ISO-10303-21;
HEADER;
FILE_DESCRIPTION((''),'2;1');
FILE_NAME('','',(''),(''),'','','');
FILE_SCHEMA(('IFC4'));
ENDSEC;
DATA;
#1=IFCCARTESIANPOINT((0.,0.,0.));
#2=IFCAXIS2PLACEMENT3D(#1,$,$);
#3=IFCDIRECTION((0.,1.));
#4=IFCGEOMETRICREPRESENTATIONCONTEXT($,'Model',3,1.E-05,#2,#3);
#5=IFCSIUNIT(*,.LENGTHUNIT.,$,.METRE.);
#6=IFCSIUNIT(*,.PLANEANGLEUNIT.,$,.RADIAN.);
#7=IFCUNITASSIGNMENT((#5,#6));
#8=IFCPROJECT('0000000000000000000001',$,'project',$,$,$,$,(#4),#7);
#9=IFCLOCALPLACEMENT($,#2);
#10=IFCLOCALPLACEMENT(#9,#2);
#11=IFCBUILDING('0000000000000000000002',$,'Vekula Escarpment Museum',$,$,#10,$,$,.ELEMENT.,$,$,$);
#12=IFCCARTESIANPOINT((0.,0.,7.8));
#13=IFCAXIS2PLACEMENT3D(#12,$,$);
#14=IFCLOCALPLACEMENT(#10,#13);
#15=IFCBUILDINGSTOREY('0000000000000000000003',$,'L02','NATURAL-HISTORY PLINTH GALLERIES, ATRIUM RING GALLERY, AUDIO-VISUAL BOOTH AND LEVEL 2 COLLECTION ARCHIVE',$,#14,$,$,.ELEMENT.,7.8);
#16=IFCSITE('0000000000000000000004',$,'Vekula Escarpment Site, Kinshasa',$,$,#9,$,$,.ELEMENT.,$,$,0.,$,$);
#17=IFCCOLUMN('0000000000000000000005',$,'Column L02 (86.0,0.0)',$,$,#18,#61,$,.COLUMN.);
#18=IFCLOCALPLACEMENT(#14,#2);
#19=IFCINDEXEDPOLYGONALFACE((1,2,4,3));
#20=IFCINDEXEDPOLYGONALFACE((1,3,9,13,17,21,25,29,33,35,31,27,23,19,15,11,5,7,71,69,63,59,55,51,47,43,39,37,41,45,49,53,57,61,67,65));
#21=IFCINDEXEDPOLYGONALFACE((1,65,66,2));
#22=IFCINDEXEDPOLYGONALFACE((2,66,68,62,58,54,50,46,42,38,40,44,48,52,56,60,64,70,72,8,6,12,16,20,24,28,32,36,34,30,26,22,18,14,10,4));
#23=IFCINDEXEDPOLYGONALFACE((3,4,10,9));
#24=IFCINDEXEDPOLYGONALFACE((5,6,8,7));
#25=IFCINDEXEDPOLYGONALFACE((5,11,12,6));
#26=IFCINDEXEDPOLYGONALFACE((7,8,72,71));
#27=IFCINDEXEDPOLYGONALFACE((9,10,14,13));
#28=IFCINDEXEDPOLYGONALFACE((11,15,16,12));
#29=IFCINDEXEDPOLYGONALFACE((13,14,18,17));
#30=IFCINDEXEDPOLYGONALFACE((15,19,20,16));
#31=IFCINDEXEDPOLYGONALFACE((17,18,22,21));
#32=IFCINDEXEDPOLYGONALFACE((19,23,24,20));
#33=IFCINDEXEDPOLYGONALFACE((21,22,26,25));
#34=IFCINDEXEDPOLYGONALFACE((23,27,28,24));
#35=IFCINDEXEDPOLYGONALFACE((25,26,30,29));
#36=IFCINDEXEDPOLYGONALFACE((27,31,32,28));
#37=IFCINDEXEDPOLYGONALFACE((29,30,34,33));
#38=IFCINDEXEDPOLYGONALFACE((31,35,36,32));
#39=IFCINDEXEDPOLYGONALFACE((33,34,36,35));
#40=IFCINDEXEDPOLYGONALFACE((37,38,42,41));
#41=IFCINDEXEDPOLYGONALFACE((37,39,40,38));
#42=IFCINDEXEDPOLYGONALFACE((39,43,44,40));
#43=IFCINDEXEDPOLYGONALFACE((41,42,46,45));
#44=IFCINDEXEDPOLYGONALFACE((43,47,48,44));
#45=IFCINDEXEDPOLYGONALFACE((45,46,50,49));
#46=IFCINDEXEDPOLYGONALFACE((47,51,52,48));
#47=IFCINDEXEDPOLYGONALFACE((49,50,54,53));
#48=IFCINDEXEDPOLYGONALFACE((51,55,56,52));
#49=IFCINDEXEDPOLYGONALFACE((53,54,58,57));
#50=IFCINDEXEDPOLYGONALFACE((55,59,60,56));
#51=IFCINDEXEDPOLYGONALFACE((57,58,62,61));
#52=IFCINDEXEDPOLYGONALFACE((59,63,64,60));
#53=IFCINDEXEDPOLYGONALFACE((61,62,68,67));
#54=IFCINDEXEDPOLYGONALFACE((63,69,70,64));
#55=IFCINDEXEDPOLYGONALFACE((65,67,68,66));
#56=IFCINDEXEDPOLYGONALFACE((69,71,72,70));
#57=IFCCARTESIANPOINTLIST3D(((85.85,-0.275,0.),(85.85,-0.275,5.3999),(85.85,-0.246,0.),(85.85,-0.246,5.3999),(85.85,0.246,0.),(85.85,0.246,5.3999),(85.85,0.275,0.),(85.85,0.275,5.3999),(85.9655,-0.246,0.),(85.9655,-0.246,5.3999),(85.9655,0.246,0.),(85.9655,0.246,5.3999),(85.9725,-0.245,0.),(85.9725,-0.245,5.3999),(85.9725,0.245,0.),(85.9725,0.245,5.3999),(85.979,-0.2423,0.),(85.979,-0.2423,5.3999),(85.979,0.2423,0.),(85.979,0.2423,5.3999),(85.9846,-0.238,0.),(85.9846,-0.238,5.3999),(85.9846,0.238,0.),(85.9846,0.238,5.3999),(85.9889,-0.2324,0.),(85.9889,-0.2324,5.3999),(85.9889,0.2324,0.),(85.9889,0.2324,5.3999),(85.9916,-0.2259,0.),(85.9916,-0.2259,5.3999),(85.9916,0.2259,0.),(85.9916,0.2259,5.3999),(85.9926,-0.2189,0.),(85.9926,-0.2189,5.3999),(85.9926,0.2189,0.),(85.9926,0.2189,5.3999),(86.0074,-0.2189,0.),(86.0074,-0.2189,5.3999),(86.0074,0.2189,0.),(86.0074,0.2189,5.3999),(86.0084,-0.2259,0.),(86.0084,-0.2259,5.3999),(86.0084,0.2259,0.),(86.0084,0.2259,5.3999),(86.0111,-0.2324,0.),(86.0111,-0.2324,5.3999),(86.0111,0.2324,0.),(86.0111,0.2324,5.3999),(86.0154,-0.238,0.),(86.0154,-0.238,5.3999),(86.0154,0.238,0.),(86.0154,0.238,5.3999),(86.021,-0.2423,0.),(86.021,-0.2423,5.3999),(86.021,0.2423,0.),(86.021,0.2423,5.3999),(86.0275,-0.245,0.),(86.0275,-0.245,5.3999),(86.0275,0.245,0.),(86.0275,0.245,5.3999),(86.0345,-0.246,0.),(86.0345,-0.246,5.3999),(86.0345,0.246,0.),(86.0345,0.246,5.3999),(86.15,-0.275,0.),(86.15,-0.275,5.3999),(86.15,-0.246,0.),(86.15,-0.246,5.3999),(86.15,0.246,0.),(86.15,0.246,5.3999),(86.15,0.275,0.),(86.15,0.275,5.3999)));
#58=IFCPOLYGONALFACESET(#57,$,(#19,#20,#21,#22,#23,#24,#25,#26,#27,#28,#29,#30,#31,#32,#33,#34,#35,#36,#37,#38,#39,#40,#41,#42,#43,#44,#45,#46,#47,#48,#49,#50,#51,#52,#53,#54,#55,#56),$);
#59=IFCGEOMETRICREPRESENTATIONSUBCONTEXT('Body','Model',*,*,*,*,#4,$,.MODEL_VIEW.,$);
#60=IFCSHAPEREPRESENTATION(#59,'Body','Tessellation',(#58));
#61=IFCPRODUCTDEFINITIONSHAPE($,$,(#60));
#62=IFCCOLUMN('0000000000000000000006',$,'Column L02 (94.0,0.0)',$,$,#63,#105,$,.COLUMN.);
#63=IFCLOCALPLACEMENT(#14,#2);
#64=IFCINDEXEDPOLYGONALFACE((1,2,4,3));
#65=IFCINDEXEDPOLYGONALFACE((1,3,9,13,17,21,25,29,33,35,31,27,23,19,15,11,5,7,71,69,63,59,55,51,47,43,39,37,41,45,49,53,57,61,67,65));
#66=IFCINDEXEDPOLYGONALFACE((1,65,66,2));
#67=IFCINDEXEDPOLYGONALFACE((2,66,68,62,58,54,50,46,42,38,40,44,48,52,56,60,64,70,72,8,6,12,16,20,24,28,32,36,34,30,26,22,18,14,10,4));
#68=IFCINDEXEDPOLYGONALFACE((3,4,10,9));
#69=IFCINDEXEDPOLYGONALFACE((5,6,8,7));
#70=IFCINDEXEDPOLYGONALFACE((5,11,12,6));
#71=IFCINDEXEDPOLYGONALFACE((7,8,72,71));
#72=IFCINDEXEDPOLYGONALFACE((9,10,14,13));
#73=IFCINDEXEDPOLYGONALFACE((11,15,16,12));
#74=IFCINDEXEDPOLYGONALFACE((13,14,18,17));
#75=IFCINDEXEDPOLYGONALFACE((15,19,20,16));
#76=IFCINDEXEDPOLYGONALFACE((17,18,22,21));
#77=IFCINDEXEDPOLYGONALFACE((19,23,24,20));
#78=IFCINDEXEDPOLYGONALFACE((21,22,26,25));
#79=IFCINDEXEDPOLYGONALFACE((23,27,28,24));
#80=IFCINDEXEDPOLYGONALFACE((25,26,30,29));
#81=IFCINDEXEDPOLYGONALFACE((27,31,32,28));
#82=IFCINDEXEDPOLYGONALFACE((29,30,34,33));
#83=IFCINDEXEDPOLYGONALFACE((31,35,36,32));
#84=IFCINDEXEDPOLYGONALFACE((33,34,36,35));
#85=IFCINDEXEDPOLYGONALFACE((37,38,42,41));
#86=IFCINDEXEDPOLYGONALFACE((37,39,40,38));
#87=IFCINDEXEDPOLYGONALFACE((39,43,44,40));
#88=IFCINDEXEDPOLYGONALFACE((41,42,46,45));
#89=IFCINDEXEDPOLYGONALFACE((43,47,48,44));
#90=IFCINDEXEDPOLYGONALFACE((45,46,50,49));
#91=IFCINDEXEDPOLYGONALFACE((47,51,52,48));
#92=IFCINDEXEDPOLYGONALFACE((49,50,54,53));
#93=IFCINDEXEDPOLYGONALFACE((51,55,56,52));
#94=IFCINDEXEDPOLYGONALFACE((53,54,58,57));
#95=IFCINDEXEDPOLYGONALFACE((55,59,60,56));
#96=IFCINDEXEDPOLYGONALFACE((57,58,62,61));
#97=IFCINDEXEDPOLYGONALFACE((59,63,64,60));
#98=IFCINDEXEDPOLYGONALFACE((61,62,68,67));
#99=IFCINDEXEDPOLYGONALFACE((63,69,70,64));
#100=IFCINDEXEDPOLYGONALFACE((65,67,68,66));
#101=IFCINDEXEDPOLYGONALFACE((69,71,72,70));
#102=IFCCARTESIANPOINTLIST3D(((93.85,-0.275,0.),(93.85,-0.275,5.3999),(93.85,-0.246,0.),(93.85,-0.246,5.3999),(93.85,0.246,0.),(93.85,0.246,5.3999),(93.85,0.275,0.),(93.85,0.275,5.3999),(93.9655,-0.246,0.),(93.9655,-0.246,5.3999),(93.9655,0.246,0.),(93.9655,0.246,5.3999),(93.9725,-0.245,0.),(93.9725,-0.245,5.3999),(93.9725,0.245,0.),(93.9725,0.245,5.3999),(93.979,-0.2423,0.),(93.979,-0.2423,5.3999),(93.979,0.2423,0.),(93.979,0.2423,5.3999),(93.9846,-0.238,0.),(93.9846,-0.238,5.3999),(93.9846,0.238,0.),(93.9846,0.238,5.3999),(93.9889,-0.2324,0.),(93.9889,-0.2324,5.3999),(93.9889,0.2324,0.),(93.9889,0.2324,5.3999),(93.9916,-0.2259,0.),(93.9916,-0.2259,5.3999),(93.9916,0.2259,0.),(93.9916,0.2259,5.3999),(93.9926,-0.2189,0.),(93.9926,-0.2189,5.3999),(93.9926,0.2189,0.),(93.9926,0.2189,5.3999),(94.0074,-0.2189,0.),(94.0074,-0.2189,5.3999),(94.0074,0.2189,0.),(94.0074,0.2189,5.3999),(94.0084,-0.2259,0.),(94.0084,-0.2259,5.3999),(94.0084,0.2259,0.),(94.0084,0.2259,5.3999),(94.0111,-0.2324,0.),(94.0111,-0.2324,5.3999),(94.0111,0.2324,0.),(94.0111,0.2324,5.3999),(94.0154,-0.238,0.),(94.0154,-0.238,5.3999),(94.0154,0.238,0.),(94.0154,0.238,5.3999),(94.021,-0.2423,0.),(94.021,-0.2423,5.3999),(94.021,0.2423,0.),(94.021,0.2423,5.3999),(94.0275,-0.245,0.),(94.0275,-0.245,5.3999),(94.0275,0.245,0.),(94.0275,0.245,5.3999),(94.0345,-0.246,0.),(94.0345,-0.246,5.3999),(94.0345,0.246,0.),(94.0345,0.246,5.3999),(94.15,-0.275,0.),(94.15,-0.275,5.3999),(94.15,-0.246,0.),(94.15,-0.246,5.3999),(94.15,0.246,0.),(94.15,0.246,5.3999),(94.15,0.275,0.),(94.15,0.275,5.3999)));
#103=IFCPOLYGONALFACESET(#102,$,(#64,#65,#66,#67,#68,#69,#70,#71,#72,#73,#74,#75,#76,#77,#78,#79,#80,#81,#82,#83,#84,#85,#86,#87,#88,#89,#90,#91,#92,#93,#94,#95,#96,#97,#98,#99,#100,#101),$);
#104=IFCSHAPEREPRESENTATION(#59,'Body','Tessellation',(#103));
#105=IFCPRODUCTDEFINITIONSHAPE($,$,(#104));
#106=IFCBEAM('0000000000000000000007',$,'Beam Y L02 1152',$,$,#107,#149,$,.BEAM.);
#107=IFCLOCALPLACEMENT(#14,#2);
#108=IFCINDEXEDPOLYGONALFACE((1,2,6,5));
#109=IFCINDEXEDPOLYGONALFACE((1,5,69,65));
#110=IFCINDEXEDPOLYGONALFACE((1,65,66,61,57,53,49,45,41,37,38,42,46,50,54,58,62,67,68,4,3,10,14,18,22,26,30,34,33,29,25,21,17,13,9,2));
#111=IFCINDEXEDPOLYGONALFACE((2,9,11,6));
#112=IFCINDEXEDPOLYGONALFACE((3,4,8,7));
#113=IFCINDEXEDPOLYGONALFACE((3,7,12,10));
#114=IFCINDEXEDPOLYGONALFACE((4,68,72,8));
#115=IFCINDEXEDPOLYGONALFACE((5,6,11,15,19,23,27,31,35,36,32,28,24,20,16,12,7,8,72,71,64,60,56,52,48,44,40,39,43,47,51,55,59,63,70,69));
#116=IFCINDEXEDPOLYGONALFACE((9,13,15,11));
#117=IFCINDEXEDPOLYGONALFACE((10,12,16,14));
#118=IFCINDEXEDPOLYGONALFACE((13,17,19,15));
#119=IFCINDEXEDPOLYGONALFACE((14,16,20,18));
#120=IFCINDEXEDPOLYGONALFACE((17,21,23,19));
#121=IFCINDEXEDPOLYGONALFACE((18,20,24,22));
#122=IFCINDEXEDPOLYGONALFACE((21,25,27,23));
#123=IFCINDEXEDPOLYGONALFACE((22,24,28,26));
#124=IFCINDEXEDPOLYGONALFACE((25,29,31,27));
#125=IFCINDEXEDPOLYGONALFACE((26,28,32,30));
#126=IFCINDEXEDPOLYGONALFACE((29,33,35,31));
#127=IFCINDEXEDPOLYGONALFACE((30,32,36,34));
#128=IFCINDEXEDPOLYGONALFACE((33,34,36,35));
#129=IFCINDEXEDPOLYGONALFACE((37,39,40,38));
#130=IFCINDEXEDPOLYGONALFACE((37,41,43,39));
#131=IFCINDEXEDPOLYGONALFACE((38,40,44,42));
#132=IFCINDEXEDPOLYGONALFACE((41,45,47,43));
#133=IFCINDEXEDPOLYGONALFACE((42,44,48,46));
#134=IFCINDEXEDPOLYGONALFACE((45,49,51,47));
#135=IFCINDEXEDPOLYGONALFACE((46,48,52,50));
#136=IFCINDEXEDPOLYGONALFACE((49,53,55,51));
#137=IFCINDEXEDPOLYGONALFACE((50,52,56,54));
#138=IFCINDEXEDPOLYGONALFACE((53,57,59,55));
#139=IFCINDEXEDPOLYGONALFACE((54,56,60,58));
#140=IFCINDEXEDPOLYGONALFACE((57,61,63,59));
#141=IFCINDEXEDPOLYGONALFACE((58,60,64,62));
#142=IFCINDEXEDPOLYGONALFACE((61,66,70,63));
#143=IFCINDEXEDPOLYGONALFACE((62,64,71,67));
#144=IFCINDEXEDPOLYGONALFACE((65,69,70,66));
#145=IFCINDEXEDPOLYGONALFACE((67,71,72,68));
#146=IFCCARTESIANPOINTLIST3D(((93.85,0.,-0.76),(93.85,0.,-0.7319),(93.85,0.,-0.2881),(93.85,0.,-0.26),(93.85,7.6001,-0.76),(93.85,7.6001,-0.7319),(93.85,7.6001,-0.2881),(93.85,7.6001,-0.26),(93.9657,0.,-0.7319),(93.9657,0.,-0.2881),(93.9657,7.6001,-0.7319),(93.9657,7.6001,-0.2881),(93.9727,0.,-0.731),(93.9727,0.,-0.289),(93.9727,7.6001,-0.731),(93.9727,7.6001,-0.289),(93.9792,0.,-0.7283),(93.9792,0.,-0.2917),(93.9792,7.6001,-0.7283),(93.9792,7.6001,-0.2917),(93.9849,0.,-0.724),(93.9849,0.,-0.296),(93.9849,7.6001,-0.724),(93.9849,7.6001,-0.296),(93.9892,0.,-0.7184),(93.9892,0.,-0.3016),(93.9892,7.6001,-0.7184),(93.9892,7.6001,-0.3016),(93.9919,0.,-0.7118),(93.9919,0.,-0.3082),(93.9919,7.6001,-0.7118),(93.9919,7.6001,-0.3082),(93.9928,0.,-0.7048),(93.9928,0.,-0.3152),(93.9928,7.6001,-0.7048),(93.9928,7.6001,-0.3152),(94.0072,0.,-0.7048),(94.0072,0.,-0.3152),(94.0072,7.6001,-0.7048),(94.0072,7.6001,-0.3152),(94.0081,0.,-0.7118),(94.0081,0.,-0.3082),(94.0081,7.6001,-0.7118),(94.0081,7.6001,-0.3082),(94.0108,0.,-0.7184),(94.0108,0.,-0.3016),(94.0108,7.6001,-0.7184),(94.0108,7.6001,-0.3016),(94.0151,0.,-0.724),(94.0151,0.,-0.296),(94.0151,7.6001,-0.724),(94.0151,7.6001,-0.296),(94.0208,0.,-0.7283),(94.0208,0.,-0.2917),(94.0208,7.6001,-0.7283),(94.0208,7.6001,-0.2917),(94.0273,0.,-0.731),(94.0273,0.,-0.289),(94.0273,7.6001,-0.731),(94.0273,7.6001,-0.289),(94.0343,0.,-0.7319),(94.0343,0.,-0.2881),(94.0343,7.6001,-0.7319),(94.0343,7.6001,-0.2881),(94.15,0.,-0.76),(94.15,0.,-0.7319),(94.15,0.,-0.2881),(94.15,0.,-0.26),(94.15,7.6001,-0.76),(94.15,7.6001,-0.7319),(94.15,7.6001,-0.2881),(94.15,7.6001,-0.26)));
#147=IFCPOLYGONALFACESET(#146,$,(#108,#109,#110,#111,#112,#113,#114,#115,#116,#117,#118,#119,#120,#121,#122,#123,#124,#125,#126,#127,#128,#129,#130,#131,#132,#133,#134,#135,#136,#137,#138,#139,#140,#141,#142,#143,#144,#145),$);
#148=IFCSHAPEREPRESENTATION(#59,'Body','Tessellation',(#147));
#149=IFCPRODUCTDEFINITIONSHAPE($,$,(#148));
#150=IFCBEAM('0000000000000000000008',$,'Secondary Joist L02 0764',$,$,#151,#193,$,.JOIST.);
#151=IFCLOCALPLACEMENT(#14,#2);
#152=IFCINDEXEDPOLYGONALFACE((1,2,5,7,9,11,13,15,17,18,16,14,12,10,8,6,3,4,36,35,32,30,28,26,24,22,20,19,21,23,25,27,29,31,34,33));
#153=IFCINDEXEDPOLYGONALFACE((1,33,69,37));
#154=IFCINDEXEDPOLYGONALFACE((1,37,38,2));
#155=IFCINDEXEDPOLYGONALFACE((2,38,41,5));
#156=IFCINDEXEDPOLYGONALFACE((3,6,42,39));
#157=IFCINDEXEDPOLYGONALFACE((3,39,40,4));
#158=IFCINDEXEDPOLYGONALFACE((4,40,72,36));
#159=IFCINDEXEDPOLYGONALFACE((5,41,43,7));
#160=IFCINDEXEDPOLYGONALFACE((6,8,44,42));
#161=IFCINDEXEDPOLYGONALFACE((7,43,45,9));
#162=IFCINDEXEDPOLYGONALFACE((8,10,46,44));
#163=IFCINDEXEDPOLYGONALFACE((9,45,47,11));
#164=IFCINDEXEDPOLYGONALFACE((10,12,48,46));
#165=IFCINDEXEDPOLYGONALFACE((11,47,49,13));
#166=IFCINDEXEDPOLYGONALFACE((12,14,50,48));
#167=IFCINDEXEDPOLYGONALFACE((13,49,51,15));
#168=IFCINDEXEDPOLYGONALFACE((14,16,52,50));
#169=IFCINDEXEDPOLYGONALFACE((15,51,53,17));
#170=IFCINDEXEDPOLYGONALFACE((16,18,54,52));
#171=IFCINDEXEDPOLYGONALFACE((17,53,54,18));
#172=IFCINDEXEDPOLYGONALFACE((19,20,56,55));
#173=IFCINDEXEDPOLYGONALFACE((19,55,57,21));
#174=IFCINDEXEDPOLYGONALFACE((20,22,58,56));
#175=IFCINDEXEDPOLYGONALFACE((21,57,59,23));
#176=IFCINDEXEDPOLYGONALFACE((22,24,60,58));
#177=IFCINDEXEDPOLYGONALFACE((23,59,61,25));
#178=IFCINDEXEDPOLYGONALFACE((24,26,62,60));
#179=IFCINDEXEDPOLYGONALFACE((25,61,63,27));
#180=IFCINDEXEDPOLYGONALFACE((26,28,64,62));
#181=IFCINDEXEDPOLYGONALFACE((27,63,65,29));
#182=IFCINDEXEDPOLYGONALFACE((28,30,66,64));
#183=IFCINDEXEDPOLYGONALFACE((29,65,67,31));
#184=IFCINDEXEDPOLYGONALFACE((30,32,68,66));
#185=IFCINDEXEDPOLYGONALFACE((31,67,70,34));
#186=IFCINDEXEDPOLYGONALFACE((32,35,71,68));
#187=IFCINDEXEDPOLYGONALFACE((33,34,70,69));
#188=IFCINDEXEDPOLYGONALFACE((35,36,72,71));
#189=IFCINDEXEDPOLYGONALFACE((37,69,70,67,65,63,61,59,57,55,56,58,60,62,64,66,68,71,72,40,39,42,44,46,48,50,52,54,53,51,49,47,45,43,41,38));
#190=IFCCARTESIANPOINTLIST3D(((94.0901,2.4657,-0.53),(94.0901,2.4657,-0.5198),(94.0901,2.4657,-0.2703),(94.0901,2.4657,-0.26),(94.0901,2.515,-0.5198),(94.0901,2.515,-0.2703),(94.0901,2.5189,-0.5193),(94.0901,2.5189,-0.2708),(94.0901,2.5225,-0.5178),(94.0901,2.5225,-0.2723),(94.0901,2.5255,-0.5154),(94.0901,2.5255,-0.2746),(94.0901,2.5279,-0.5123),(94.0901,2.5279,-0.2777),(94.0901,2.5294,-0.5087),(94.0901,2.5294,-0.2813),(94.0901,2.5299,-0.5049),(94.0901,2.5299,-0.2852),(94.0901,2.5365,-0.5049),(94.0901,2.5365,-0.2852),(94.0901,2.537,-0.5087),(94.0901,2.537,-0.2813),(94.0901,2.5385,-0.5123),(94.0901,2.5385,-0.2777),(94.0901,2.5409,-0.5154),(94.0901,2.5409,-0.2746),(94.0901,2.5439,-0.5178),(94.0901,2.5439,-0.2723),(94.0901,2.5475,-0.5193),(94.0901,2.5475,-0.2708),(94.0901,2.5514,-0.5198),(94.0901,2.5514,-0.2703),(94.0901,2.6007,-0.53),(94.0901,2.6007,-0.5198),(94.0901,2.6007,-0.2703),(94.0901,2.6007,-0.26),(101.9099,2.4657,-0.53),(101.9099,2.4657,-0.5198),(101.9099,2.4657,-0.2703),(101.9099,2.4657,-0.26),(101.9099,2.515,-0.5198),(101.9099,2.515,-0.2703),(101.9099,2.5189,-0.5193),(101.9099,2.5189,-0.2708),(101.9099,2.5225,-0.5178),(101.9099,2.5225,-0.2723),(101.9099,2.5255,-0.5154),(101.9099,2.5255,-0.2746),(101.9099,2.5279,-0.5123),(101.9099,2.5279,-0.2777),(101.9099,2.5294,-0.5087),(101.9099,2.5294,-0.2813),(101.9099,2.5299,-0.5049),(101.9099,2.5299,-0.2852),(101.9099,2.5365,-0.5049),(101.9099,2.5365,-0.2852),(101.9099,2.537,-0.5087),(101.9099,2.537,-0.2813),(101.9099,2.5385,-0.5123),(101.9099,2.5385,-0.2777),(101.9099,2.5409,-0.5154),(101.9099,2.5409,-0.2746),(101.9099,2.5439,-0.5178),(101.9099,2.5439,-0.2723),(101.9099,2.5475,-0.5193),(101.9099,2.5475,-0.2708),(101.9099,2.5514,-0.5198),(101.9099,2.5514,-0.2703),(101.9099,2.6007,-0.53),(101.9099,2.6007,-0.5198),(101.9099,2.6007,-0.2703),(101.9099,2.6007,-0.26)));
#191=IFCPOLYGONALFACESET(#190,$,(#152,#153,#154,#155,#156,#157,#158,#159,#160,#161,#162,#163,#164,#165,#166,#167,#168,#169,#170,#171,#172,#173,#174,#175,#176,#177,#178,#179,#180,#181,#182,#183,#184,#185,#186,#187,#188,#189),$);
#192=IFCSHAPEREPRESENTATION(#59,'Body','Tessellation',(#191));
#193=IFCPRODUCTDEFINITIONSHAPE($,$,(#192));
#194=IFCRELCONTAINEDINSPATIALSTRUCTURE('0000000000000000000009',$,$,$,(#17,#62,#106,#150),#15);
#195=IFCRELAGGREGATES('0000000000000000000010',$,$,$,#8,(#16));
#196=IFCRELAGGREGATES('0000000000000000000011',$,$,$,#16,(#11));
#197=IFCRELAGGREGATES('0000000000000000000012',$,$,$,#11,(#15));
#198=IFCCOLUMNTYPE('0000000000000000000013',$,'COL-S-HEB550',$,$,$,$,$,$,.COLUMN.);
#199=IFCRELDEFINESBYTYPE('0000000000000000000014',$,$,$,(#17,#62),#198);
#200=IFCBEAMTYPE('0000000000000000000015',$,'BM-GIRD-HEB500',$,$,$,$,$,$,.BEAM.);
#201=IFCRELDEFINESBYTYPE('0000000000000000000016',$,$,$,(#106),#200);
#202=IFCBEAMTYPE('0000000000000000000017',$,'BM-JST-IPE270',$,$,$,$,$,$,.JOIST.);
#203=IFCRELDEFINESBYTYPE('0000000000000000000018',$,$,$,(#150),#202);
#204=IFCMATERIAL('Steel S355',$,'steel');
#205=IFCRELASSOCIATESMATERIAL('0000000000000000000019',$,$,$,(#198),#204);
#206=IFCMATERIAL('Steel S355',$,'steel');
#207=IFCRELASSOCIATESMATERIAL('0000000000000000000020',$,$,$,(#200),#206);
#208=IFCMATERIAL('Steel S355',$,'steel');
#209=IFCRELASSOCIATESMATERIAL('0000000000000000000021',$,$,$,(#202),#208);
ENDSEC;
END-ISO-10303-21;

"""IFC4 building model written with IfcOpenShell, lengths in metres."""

from ifc_helpers import new_model, si_unit, direction, frame, origin, origin_2d, place, context, subcontext, project, spatial, i_section, extrude, material, material_profile, profile_set, type_object, element, save


model = new_model("IFC4")

# Units and contexts
model_context = context("Model", 3, precision=1e-05, world=origin(), true_north=direction((0.0, 1.0)))
body_context = subcontext(model_context, "Body", "Model", "MODEL_VIEW")
ifc_project = project(units=[si_unit("LENGTHUNIT", "METRE"), si_unit("PLANEANGLEUNIT", "RADIAN")], contexts=[model_context])

# Site, building, storey
site_placement = place(None, origin())
site = spatial("IfcSite", under=ifc_project, at=site_placement, Name="Vekula Escarpment Site, Kinshasa", CompositionType="ELEMENT", RefElevation=0.0)
building_placement = place(site_placement, origin())
building = spatial("IfcBuilding", under=site, at=building_placement, Name="Vekula Escarpment Museum", CompositionType="ELEMENT")
storey_placement = place(building_placement, frame((0.0, 0.0, 7.8)))
storey = spatial("IfcBuildingStorey", under=building, at=storey_placement, Name="L02", Description="NATURAL-HISTORY PLINTH GALLERIES, ATRIUM RING GALLERY, AUDIO-VISUAL BOOTH AND LEVEL 2 COLLECTION ARCHIVE", CompositionType="ELEMENT", Elevation=7.8)

# Columns
ifc_material_1 = material(Name="Steel S355", Category="steel")
ifc_material_profile_1 = material_profile(ifc_material_1, i_section(OverallWidth=0.3, OverallDepth=0.55, WebThickness=0.0149, FlangeThickness=0.0291, FilletRadius=0.0271, at=origin_2d()), Name="HEB 550")
ifc_profile_set_1 = profile_set([ifc_material_profile_1], Name="Steel S355")
column_type = type_object("IfcColumnType", Name="COL-S-HEB550", PredefinedType="COLUMN", material=ifc_profile_set_1)
for number, where, z_axis, x_axis, name in (
    (1, (86.0, 0.0, 0.0), (0.0, 0.0, 1.0), (1.0, 0.0, 0.0), "Column L02 (86.0,0.0)"),
    (2, (94.0, 0.0, 0.0), (0.0, 0.0, 1.0), (1.0, 0.0, 0.0), "Column L02 (94.0,0.0)"),
):
    element("IfcColumn", number, at=place(storey_placement, frame(where, z_axis=z_axis, x_axis=x_axis)), inside=storey, type_object=column_type, Name=name, PredefinedType="COLUMN", context=body_context, shape_type="SweptSolid", body=[
        extrude(i_section(OverallWidth=0.3, OverallDepth=0.55, WebThickness=0.0149, FlangeThickness=0.0291, FilletRadius=0.0271, at=origin_2d()), origin(), (0.0, 0.0, 1.0), 5.3999),
    ])

# Beams
ifc_material_2 = material(Name="Steel S355", Category="steel")
ifc_material_profile_2 = material_profile(ifc_material_2, i_section(OverallWidth=0.3, OverallDepth=0.5, WebThickness=0.0144, FlangeThickness=0.0281, FilletRadius=0.0271, at=origin_2d()), Name="HEB 500")
ifc_profile_set_2 = profile_set([ifc_material_profile_2], Name="Steel S355")
beam_type_1 = type_object("IfcBeamType", Name="BM-GIRD-HEB500", PredefinedType="BEAM", material=ifc_profile_set_2)
beam_1_placement = place(storey_placement, frame((94.0, 0.0, -0.51), z_axis=(0.0, 1.0, 0.0), x_axis=(-1.0, 0.0, 0.0)))
element("IfcBeam", 3, at=beam_1_placement, inside=storey, type_object=beam_type_1, Name="Beam Y L02 1152", PredefinedType="BEAM", context=body_context, shape_type="SweptSolid", body=[
    extrude(i_section(OverallWidth=0.3, OverallDepth=0.5, WebThickness=0.0144, FlangeThickness=0.0281, FilletRadius=0.0271, at=origin_2d()), origin(), (0.0, 0.0, 1.0), 7.6001),
])
ifc_material_3 = material(Name="Steel S355", Category="steel")
ifc_material_profile_3 = material_profile(ifc_material_3, i_section(OverallWidth=0.135, OverallDepth=0.27, WebThickness=0.0066, FlangeThickness=0.0103, FilletRadius=0.0149, at=origin_2d()), Name="IPE 270")
ifc_profile_set_3 = profile_set([ifc_material_profile_3], Name="Steel S355")
beam_type_2 = type_object("IfcBeamType", Name="BM-JST-IPE270", PredefinedType="JOIST", material=ifc_profile_set_3)
beam_2_placement = place(storey_placement, frame((94.0901, 2.5332, -0.395), z_axis=(1.0, 0.0, 0.0), x_axis=(0.0, 1.0, 0.0)))
element("IfcBeam", 4, at=beam_2_placement, inside=storey, type_object=beam_type_2, Name="Secondary Joist L02 0764", PredefinedType="JOIST", context=body_context, shape_type="SweptSolid", body=[
    extrude(i_section(OverallWidth=0.135, OverallDepth=0.27, WebThickness=0.0066, FlangeThickness=0.0103, FilletRadius=0.0149, at=origin_2d()), origin(), (0.0, 0.0, 1.0), 7.8198),
])

save(model, "model.ifc")
